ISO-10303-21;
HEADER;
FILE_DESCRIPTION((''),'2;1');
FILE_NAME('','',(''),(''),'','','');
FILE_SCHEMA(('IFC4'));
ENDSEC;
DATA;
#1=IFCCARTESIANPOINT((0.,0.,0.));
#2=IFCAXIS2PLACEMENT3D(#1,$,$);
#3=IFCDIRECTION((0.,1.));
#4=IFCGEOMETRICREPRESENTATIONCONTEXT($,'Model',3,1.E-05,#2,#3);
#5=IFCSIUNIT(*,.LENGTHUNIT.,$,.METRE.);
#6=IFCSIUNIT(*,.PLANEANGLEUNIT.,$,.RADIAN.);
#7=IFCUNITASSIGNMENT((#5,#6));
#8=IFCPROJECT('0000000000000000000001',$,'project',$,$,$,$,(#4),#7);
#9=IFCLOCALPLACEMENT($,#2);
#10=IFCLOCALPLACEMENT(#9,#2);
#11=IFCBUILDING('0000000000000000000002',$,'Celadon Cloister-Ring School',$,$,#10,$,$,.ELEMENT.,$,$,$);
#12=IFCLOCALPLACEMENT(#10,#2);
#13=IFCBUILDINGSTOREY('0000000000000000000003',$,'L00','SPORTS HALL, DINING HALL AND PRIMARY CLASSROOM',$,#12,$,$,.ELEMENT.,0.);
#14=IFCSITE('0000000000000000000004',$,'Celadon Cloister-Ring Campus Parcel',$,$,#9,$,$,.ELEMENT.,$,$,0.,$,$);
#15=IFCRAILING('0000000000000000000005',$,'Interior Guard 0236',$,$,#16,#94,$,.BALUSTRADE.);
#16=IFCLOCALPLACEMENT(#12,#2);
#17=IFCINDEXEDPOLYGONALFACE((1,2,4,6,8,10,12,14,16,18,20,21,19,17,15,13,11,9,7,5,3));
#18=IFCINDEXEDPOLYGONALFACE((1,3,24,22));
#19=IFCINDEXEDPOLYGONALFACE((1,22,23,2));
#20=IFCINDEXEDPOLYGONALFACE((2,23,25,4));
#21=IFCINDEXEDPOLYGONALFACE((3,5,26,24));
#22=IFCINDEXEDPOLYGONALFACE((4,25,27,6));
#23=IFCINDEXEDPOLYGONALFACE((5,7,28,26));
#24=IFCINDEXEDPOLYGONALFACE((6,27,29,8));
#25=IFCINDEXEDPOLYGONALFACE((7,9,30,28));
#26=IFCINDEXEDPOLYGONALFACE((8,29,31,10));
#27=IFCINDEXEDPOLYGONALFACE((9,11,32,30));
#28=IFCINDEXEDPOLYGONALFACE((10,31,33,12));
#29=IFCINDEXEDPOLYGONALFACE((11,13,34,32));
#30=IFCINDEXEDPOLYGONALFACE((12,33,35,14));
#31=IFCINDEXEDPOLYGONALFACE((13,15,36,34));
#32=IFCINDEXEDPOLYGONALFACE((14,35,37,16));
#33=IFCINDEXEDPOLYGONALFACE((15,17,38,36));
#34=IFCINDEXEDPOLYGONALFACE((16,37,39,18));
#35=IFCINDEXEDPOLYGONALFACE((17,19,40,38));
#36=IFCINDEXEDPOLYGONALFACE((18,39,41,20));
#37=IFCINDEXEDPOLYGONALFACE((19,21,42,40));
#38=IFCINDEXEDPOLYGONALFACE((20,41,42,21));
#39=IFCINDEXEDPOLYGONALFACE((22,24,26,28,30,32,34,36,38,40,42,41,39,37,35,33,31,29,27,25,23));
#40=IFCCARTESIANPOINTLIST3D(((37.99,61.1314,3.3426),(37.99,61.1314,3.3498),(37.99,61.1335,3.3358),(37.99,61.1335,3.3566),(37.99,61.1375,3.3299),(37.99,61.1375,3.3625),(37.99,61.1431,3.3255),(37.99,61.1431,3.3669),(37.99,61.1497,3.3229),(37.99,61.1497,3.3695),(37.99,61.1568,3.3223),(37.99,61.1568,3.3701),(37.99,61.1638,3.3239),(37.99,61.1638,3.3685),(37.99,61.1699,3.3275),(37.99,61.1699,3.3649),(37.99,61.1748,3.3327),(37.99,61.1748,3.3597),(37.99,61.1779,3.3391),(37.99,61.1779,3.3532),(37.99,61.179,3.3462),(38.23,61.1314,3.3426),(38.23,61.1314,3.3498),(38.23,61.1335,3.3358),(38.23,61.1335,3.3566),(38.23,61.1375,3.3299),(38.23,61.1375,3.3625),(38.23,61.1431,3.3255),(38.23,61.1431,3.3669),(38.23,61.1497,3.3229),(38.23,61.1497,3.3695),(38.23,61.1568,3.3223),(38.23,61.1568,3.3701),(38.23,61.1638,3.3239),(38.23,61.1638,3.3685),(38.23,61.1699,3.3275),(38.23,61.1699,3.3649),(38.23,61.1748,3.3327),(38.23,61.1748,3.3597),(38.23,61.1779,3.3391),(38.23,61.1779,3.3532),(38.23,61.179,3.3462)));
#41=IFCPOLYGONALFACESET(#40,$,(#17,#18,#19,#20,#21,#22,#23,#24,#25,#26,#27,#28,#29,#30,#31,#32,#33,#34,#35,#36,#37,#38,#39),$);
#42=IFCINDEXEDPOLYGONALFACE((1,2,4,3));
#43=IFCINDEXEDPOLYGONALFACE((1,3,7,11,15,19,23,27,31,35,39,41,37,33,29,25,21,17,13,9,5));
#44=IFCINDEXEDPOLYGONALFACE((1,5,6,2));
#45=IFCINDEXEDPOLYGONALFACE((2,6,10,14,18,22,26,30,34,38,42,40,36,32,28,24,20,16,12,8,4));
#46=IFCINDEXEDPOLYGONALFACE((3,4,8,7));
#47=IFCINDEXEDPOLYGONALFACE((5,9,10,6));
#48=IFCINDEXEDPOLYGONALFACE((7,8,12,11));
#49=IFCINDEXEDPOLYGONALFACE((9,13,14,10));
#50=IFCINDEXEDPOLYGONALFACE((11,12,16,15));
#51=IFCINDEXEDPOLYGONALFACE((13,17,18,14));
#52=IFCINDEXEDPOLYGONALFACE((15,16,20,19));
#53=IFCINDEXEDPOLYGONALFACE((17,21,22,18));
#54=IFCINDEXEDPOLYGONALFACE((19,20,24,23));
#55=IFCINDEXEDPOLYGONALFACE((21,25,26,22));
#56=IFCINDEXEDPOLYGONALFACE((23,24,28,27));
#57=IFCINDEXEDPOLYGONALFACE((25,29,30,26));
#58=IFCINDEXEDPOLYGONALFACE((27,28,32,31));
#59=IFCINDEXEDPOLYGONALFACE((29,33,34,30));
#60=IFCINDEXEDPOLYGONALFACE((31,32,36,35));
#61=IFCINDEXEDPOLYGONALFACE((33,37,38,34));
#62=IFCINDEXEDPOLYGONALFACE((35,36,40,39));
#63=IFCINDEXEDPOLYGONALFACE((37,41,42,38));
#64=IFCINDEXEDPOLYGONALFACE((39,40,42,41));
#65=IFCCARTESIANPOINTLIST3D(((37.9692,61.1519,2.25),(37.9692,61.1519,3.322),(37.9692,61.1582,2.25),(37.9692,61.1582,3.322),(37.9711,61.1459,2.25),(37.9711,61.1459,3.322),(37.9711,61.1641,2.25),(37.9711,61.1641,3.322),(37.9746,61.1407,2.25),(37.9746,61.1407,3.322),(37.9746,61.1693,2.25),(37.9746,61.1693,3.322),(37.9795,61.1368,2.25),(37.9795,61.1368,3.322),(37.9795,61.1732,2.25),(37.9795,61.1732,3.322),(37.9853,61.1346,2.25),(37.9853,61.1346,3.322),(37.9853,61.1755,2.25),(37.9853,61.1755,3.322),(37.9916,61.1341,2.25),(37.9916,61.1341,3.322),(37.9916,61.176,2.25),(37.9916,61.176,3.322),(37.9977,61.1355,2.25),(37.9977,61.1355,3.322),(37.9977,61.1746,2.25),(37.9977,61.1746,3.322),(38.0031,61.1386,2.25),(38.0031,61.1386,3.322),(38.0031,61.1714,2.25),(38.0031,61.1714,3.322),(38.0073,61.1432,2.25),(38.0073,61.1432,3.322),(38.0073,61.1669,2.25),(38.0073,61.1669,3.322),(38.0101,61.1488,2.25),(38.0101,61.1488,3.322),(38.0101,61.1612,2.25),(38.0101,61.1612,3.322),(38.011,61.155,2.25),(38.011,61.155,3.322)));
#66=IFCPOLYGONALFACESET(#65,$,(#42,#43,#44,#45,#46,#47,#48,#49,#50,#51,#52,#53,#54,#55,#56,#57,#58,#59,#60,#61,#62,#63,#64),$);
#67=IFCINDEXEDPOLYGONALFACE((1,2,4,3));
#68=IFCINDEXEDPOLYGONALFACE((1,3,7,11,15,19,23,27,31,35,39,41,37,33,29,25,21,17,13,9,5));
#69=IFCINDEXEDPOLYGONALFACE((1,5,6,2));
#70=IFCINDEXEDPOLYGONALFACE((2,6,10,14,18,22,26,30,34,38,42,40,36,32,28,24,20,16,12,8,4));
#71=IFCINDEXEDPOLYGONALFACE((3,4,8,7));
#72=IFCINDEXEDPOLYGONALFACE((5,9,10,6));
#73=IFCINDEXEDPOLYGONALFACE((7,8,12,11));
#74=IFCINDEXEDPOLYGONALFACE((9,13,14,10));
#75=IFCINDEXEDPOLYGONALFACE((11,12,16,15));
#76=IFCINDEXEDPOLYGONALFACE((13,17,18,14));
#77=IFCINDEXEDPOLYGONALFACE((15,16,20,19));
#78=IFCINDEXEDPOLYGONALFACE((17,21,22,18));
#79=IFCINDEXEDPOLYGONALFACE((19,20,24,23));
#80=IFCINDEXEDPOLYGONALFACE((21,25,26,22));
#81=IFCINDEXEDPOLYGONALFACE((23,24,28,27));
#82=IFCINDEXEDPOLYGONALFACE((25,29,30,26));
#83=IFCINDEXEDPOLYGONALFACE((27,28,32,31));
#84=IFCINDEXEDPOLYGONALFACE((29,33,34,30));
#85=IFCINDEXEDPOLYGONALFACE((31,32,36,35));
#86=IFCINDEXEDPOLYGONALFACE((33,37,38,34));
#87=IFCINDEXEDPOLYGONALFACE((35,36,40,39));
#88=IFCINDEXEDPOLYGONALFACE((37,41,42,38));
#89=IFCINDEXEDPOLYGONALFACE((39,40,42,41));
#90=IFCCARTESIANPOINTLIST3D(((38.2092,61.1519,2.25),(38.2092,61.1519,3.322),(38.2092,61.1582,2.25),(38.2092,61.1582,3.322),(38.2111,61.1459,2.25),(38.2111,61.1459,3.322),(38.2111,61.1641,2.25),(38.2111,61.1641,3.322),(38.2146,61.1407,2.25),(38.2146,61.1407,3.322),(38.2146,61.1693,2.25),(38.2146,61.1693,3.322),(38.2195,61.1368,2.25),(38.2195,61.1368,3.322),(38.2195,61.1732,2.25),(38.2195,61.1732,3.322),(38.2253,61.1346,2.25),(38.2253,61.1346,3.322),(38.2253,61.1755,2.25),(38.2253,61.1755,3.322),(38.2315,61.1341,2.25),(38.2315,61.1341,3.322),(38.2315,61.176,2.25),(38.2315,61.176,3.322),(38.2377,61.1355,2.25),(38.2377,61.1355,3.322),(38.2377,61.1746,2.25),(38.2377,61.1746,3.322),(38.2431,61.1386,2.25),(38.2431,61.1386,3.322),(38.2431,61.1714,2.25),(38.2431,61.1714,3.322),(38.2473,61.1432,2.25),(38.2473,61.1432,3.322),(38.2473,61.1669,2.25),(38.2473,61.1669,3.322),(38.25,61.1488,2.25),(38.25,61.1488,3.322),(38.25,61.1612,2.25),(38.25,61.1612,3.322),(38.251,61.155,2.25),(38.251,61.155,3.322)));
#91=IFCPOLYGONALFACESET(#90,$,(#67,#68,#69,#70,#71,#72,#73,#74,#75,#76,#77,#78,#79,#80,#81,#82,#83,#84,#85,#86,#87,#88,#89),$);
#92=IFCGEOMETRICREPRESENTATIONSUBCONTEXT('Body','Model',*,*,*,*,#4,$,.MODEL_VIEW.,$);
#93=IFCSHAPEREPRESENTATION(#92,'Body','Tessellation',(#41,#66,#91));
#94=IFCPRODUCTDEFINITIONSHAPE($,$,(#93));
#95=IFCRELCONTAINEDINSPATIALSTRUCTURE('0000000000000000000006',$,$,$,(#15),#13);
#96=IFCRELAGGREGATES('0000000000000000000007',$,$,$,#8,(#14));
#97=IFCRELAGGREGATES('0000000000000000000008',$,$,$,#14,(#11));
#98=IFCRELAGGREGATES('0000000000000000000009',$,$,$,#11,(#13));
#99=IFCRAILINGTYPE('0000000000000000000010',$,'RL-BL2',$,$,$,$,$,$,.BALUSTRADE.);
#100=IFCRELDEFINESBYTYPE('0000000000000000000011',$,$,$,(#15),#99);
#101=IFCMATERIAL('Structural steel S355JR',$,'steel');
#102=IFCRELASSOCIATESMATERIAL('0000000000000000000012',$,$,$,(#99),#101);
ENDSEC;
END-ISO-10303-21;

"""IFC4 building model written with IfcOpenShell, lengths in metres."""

from ifc_helpers import new_model, si_unit, direction, frame, origin, origin_2d, place, context, subcontext, project, spatial, circle, extrude, material, type_object, element, save


model = new_model("IFC4")

# Units and contexts
model_context = context("Model", 3, precision=1e-05, world=origin(), true_north=direction((0.0, 1.0)))
body_context = subcontext(model_context, "Body", "Model", "MODEL_VIEW")
ifc_project = project(units=[si_unit("LENGTHUNIT", "METRE"), si_unit("PLANEANGLEUNIT", "RADIAN")], contexts=[model_context])

# Site, building, storey
site_placement = place(None, origin())
site = spatial("IfcSite", under=ifc_project, at=site_placement, Name="Celadon Cloister-Ring Campus Parcel", CompositionType="ELEMENT", RefElevation=0.0)
building_placement = place(site_placement, origin())
building = spatial("IfcBuilding", under=site, at=building_placement, Name="Celadon Cloister-Ring School", CompositionType="ELEMENT")
storey_placement = place(building_placement, origin())
storey = spatial("IfcBuildingStorey", under=building, at=storey_placement, Name="L00", Description="SPORTS HALL, DINING HALL AND PRIMARY CLASSROOM", CompositionType="ELEMENT", Elevation=0.0)

# Railing
ifc_material_1 = material(Name="Structural steel S355JR", Category="steel")
railing_type_1 = type_object("IfcRailingType", Name="RL-BL2", PredefinedType="BALUSTRADE", material=ifc_material_1)
railing_placement = place(storey_placement, frame((37.99, 61.155, 2.25)))
element("IfcRailing", 1, at=railing_placement, inside=storey, type_object=railing_type_1, Name="Interior Guard 0236", PredefinedType="BALUSTRADE", context=body_context, shape_type="SweptSolid", body=[
    extrude(circle(Radius=0.0239, at=origin_2d()), frame((0.0, 0.0, 1.0962), z_axis=(1.0, 0.0, 0.0), x_axis=(0.0, 1.0, 0.0)), (0.0, 0.0, 1.0), 0.24),
    extrude(circle(Radius=0.021, at=origin_2d()), origin(), (0.0, 0.0, 1.0), 1.072),
    extrude(circle(Radius=0.021, at=origin_2d()), frame((0.24, 0.0, 0.0)), (0.0, 0.0, 1.0), 1.072),
])

save(model, "model.ifc")
